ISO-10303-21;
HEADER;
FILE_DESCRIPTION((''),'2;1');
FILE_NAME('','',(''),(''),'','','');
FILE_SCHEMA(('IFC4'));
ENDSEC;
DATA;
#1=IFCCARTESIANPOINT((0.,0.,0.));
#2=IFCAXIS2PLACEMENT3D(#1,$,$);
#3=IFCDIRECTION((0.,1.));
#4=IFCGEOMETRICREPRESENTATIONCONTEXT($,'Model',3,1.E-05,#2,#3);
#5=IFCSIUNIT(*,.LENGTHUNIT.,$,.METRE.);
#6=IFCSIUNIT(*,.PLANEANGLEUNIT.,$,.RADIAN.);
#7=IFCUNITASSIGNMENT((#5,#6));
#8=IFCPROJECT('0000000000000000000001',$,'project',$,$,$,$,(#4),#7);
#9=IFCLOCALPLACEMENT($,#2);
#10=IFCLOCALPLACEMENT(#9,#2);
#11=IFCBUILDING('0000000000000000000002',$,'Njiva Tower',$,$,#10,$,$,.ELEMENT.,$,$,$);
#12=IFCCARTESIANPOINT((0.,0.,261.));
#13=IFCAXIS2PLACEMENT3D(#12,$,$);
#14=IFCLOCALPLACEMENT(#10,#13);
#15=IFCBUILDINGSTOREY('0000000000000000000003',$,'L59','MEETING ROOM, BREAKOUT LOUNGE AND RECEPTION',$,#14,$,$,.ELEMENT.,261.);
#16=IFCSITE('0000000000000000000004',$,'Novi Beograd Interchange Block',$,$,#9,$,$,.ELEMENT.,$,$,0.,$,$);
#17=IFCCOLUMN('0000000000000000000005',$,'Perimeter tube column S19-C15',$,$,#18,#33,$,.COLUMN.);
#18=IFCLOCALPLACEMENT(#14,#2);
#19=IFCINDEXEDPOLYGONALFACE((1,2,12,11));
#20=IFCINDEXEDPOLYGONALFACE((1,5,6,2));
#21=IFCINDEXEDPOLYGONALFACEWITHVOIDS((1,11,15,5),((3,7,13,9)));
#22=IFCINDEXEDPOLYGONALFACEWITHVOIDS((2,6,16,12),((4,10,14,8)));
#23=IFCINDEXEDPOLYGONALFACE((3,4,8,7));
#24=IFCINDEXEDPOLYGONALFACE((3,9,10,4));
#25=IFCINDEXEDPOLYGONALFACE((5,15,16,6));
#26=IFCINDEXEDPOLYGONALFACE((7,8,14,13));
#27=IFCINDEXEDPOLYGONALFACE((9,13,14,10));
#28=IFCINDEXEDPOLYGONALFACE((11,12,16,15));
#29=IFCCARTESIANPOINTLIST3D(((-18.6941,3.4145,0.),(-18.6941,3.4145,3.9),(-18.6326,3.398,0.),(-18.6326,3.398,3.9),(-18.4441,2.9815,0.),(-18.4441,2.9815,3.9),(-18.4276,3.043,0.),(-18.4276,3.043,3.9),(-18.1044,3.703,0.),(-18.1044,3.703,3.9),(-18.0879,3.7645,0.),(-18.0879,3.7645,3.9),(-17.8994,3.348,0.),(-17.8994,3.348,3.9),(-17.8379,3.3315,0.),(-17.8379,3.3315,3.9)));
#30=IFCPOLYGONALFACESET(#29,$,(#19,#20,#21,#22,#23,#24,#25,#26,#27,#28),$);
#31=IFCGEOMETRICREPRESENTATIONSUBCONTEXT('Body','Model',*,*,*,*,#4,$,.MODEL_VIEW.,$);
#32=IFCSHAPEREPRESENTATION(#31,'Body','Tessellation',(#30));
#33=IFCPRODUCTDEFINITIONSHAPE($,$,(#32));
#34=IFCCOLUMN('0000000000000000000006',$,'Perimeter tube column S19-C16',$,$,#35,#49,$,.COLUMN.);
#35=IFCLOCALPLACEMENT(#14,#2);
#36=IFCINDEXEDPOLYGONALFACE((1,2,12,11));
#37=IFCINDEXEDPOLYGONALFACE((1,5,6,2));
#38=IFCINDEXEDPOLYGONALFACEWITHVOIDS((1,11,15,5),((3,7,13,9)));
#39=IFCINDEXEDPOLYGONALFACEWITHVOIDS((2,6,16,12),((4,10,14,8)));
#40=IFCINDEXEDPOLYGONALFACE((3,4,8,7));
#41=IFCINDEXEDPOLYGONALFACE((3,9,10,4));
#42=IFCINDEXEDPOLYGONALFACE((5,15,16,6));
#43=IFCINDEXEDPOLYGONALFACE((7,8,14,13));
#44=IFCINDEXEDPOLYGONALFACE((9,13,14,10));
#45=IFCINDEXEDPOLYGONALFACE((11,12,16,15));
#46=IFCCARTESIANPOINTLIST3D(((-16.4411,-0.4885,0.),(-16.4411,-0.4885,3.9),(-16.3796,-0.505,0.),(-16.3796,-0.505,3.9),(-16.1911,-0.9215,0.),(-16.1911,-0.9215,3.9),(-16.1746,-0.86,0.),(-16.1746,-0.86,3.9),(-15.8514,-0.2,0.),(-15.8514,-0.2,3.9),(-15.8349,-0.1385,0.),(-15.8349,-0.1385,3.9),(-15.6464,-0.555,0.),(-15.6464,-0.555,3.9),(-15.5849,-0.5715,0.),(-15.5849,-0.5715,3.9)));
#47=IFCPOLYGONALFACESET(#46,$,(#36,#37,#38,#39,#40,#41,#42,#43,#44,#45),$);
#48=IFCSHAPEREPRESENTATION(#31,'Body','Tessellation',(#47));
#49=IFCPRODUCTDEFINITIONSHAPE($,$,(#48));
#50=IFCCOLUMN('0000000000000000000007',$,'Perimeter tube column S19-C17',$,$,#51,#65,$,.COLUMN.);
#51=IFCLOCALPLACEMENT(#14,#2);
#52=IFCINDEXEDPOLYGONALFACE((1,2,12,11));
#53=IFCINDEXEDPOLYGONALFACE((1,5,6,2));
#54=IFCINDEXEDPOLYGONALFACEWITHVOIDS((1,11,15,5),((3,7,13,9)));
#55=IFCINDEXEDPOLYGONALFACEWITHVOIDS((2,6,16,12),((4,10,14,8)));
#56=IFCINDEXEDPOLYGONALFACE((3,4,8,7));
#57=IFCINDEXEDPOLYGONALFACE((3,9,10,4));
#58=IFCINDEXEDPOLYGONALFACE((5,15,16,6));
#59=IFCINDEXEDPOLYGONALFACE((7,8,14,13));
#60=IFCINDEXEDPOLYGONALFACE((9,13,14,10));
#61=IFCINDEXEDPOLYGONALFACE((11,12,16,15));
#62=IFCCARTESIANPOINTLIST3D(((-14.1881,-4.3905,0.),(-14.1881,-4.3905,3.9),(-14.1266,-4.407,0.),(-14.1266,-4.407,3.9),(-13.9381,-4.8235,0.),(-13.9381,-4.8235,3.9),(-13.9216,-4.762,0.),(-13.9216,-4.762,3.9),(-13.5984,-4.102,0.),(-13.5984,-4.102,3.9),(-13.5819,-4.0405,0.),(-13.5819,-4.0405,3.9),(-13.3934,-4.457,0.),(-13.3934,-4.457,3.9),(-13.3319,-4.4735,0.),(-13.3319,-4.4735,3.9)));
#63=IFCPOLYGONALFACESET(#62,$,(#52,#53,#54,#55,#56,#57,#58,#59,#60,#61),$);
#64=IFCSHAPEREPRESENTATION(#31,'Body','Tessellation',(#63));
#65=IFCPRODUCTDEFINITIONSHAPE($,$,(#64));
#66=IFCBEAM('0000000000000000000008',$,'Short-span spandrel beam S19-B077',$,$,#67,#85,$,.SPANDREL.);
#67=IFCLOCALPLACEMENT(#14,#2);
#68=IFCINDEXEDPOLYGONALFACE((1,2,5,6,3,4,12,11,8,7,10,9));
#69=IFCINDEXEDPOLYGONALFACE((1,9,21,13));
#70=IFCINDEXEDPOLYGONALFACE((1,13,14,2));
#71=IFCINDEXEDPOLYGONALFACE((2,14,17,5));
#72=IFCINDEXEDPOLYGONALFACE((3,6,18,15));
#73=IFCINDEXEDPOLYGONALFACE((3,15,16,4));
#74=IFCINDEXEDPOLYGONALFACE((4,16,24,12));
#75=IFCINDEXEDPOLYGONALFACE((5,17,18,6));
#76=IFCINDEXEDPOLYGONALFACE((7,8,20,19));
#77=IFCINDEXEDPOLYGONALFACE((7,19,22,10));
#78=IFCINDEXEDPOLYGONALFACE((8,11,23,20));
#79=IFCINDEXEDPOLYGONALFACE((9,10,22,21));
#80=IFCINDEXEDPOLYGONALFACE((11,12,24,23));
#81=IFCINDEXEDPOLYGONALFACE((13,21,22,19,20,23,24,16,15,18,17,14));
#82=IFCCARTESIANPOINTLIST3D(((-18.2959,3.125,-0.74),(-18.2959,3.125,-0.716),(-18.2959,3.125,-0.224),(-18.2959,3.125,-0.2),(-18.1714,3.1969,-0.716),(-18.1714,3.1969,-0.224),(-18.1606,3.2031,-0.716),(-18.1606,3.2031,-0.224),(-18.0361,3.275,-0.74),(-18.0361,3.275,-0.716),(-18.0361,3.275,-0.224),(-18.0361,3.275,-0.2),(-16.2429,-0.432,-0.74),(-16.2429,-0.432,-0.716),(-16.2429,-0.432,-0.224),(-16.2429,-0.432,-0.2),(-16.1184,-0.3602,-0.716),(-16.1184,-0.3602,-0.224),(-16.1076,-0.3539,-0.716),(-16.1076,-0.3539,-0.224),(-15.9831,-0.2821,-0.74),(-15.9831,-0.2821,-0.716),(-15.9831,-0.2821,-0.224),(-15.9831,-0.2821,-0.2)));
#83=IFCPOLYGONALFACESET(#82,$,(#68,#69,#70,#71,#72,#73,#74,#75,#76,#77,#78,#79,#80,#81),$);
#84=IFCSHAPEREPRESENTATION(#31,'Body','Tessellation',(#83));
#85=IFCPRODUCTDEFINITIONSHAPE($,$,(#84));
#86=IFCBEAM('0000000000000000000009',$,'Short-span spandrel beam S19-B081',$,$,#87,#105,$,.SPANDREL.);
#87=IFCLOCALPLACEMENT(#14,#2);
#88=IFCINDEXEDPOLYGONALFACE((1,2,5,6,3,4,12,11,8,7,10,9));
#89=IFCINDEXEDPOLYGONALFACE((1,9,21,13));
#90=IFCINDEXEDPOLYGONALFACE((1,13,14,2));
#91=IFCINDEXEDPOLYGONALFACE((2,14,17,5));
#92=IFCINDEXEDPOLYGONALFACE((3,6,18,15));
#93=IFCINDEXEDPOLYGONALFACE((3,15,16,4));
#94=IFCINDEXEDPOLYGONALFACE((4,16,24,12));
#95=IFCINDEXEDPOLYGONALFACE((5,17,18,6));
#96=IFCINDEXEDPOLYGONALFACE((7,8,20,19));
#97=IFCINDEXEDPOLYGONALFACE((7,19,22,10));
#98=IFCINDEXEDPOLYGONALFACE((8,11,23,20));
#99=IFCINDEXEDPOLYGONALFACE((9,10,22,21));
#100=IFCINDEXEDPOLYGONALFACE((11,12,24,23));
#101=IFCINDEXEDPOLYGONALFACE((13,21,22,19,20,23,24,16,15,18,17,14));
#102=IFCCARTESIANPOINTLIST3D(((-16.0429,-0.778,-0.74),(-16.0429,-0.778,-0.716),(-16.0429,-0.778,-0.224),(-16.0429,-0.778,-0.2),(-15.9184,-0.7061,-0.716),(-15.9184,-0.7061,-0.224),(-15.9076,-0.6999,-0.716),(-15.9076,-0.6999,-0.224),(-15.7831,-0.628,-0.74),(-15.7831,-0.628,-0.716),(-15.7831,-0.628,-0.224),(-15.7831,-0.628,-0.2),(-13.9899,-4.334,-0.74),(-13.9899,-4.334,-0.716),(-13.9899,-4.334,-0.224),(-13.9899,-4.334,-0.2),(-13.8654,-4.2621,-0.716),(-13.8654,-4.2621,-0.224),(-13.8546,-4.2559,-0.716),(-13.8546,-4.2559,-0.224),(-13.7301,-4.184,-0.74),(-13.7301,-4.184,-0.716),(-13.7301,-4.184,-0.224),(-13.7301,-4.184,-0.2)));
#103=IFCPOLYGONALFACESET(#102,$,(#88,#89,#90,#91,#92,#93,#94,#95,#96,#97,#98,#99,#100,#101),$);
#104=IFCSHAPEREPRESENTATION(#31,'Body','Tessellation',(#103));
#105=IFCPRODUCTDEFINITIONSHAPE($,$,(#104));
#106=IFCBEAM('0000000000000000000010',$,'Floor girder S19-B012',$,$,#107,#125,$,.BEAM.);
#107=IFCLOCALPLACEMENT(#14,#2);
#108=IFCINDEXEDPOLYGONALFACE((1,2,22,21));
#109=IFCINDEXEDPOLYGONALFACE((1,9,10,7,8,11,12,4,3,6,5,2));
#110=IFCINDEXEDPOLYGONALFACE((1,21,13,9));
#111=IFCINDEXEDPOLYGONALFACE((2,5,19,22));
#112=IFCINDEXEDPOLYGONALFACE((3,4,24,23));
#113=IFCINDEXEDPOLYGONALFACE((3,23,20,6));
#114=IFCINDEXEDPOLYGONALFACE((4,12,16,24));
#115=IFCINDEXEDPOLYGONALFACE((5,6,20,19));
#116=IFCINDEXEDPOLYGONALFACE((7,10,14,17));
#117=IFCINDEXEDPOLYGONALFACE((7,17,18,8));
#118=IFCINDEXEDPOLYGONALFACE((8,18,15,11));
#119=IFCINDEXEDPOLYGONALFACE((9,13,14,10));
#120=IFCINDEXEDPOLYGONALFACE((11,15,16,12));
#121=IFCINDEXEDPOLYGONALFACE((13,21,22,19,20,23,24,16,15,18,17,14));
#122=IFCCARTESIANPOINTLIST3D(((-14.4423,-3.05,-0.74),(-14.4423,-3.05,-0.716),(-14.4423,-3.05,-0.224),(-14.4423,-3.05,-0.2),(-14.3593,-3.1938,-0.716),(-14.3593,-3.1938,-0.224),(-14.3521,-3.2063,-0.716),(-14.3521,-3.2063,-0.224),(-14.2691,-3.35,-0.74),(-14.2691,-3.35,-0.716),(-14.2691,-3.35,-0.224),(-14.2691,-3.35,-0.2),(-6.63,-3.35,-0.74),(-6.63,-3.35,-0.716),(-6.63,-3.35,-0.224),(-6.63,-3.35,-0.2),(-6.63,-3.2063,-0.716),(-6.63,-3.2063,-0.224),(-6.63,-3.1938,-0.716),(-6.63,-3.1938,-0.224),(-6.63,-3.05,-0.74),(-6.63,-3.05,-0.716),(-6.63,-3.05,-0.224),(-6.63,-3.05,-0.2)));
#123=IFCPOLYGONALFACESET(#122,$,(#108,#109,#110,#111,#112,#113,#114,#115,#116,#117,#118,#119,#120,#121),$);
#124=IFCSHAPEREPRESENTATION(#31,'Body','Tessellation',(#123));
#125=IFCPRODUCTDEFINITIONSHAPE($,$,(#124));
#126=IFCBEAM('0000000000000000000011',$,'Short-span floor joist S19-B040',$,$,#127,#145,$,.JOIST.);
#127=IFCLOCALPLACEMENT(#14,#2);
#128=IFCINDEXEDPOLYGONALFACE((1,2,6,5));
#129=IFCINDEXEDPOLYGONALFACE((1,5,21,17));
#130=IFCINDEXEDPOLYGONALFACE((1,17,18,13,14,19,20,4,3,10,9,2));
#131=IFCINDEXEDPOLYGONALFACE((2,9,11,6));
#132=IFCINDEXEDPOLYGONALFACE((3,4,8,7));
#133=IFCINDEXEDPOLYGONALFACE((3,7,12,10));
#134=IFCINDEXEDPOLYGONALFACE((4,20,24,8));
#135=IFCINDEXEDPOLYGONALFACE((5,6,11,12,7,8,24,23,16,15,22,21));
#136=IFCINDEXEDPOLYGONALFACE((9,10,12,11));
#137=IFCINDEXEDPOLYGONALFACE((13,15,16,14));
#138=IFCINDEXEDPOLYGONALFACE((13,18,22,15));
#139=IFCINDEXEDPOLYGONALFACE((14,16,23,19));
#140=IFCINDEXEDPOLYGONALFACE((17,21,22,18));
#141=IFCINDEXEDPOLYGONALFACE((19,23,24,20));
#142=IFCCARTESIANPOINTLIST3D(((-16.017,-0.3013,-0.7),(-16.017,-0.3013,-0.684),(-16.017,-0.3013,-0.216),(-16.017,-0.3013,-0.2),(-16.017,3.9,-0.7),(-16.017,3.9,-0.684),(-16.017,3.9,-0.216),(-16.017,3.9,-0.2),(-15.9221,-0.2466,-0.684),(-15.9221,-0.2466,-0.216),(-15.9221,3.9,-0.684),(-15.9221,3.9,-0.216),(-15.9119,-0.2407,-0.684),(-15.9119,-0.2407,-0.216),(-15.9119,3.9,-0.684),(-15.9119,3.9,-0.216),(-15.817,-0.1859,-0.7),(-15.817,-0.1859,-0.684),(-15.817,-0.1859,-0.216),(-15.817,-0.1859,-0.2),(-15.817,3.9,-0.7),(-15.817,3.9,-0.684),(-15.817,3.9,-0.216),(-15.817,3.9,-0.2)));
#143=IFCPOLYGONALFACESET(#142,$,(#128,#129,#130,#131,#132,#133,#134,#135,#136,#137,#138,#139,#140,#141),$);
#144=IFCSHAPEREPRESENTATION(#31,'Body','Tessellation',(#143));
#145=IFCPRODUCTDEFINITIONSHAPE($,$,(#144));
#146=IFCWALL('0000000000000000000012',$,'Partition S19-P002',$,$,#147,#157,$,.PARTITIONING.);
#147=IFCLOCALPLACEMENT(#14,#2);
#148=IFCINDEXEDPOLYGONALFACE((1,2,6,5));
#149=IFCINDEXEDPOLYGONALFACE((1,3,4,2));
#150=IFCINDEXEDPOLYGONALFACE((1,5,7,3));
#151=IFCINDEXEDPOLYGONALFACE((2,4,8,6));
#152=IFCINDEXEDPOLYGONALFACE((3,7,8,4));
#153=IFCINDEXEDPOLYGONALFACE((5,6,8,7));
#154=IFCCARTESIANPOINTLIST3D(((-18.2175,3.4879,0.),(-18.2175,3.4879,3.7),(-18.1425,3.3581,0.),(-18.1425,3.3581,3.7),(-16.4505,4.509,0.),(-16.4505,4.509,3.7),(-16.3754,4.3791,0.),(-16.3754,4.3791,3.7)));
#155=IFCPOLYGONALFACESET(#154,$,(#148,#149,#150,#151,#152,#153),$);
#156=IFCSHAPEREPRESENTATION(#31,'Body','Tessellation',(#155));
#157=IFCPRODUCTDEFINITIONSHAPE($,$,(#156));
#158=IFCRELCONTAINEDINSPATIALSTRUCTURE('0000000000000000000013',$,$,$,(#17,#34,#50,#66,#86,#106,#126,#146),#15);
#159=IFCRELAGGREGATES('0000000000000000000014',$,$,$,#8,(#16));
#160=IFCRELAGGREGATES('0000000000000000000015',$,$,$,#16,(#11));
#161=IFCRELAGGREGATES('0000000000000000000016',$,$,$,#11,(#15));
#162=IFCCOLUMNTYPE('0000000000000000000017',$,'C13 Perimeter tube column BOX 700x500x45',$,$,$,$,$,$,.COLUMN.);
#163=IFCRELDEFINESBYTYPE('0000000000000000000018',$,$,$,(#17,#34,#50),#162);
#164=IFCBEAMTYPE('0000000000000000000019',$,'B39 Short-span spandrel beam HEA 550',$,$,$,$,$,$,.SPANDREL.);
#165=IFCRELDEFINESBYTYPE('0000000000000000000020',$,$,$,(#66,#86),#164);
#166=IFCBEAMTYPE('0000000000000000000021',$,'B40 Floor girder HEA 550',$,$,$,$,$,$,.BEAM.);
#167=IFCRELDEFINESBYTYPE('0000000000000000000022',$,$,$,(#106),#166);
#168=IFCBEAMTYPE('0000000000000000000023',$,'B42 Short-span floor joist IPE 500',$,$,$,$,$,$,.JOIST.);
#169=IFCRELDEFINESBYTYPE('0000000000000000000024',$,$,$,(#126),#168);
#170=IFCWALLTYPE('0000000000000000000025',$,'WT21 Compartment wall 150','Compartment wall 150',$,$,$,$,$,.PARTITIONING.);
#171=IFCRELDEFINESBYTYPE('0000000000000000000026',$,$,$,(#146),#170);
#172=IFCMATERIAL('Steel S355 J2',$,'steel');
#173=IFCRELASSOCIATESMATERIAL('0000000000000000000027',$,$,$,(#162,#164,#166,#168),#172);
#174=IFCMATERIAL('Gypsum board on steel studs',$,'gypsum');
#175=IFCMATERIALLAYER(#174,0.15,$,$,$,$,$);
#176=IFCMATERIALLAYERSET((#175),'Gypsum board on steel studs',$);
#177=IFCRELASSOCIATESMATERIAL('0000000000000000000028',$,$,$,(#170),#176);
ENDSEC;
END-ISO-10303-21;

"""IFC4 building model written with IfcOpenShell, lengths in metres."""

from ifc_helpers import new_model, si_unit, direction, frame, frame_2d, origin, origin_2d, place, context, subcontext, project, spatial, rectangle, hollow_rectangle, i_section, extrude, clip, halfspace, material, layer, layer_set, material_profile, profile_set, type_object, element, save


model = new_model("IFC4")

# Units and contexts
model_context = context("Model", 3, precision=1e-05, world=origin(), true_north=direction((0.0, 1.0)))
body_context = subcontext(model_context, "Body", "Model", "MODEL_VIEW")
ifc_project = project(units=[si_unit("LENGTHUNIT", "METRE"), si_unit("PLANEANGLEUNIT", "RADIAN")], contexts=[model_context])

# Site, building, storey
site_placement = place(None, origin())
site = spatial("IfcSite", under=ifc_project, at=site_placement, Name="Novi Beograd Interchange Block", CompositionType="ELEMENT", RefElevation=0.0)
building_placement = place(site_placement, origin())
building = spatial("IfcBuilding", under=site, at=building_placement, Name="Njiva Tower", CompositionType="ELEMENT")
storey_placement = place(building_placement, frame((0.0, 0.0, 261.0)))
storey = spatial("IfcBuildingStorey", under=building, at=storey_placement, Name="L59", Description="MEETING ROOM, BREAKOUT LOUNGE AND RECEPTION", CompositionType="ELEMENT", Elevation=261.0)

# Columns
ifc_material_1 = material(Name="Steel S355 J2", Category="steel")
ifc_material_profile_1 = material_profile(ifc_material_1, hollow_rectangle(XDim=0.5, YDim=0.7, WallThickness=0.045, at=origin_2d()), Name="BOX 700x500x45")
ifc_profile_set_1 = profile_set([ifc_material_profile_1], Name="Steel S355 J2")
column_type = type_object("IfcColumnType", Name="C13 Perimeter tube column BOX 700x500x45", PredefinedType="COLUMN", material=ifc_profile_set_1)
for number, where, z_axis, x_axis, name in (
    (1, (-18.266, 3.373, 0.0), (0.0, 0.0, 1.0), (0.5, -0.866025, 0.0), "Perimeter tube column S19-C15"),
    (2, (-16.013, -0.53, 0.0), (0.0, 0.0, 1.0), (0.5, -0.866025, 0.0), "Perimeter tube column S19-C16"),
    (3, (-13.76, -4.432, 0.0), (0.0, 0.0, 1.0), (0.5, -0.866025, 0.0), "Perimeter tube column S19-C17"),
):
    element("IfcColumn", number, at=place(storey_placement, frame(where, z_axis=z_axis, x_axis=x_axis)), inside=storey, type_object=column_type, Name=name, PredefinedType="COLUMN", context=body_context, shape_type="SweptSolid", body=[
        extrude(hollow_rectangle(XDim=0.5, YDim=0.7, WallThickness=0.045, at=origin_2d()), origin(), (0.0, 0.0, 1.0), 3.9),
    ])

# Beams
ifc_material_profile_2 = material_profile(ifc_material_1, i_section(OverallWidth=0.3, OverallDepth=0.54, WebThickness=0.0125, FlangeThickness=0.024, at=origin_2d()), Name="HEA 550")
ifc_profile_set_2 = profile_set([ifc_material_profile_2], Name="Steel S355 J2")
beam_type_1 = type_object("IfcBeamType", Name="B39 Short-span spandrel beam HEA 550", PredefinedType="SPANDREL", material=ifc_profile_set_2)
beam_1_placement = place(storey_placement, frame((-18.166, 3.2, -0.47), z_axis=(0.499884, -0.866092, 0.0), x_axis=(0.866092, 0.499884, 0.0)))
element("IfcBeam", 4, at=beam_1_placement, inside=storey, type_object=beam_type_1, Name="Short-span spandrel beam S19-B077", PredefinedType="SPANDREL", context=body_context, shape_type="SweptSolid", body=[
    extrude(i_section(OverallWidth=0.3, OverallDepth=0.54, WebThickness=0.0125, FlangeThickness=0.024, at=origin_2d()), origin(), (0.0, 0.0, 1.0), 4.107),
])
beam_2_placement = place(storey_placement, frame((-15.913, -0.703, -0.47), z_axis=(0.499989, -0.866031, 0.0), x_axis=(0.866031, 0.499989, 0.0)))
element("IfcBeam", 5, at=beam_2_placement, inside=storey, type_object=beam_type_1, Name="Short-span spandrel beam S19-B081", PredefinedType="SPANDREL", context=body_context, shape_type="SweptSolid", body=[
    extrude(i_section(OverallWidth=0.3, OverallDepth=0.54, WebThickness=0.0125, FlangeThickness=0.024, at=origin_2d()), origin(), (0.0, 0.0, 1.0), 4.1061),
])
ifc_material_profile_3 = material_profile(ifc_material_1, i_section(OverallWidth=0.3, OverallDepth=0.54, WebThickness=0.0125, FlangeThickness=0.024, at=origin_2d()), Name="HEA 550")
ifc_profile_set_3 = profile_set([ifc_material_profile_3], Name="Steel S355 J2")
beam_type_2 = type_object("IfcBeamType", Name="B40 Floor girder HEA 550", PredefinedType="BEAM", material=ifc_profile_set_3)
beam_3_placement = place(storey_placement, frame((-14.463, -3.2, -0.47), z_axis=(1.0, 0.0, 0.0), x_axis=(0.0, 1.0, 0.0)))
element("IfcBeam", 6, at=beam_3_placement, inside=storey, type_object=beam_type_2, Name="Floor girder S19-B012", PredefinedType="BEAM", context=body_context, shape_type="Clipping", body=[
    clip(extrude(i_section(OverallWidth=0.3, OverallDepth=0.54, WebThickness=0.0125, FlangeThickness=0.024, at=origin_2d()), origin(), (0.0, 0.0, 1.0), 7.833), halfspace(frame((-0.025, 0.0, 0.1217), z_axis=(-0.499998, 0.0, -0.866027), x_axis=(0.0, -1.0, 0.0)), False)),
])
ifc_material_profile_4 = material_profile(ifc_material_1, i_section(OverallWidth=0.2, OverallDepth=0.5, WebThickness=0.0102, FlangeThickness=0.016, at=origin_2d()), Name="IPE 500")
ifc_profile_set_4 = profile_set([ifc_material_profile_4], Name="Steel S355 J2")
beam_type_3 = type_object("IfcBeamType", Name="B42 Short-span floor joist IPE 500", PredefinedType="JOIST", material=ifc_profile_set_4)
beam_4_placement = place(storey_placement, frame((-15.917, 3.9, -0.45), z_axis=(0.0, -1.0, 0.0), x_axis=(1.0, 0.0, 0.0)))
element("IfcBeam", 7, at=beam_4_placement, inside=storey, type_object=beam_type_3, Name="Short-span floor joist S19-B040", PredefinedType="JOIST", context=body_context, shape_type="Clipping", body=[
    clip(extrude(i_section(OverallWidth=0.2, OverallDepth=0.5, WebThickness=0.0102, FlangeThickness=0.016, at=origin_2d()), origin(), (0.0, 0.0, 1.0), 4.221), halfspace(frame((0.0253, 0.0, 4.129), z_axis=(0.499998, 0.0, 0.866027), x_axis=(0.0, 1.0, 0.0)), False)),
])

# Wall
ifc_material_2 = material(Name="Gypsum board on steel studs", Category="gypsum")
ifc_layer = layer(ifc_material_2, 0.15)
ifc_layer_set = layer_set([ifc_layer], Name="Gypsum board on steel studs")
wall_type = type_object("IfcWallType", Name="WT21 Compartment wall 150", Description="Compartment wall 150", PredefinedType="PARTITIONING", material=ifc_layer_set)
wall_1_placement = place(storey_placement, frame((-18.18, 3.423, 0.0), z_axis=(0.0, 0.0, 1.0), x_axis=(0.865851, 0.500302, 0.0)))
element("IfcWall", 8, at=wall_1_placement, inside=storey, type_object=wall_type, Name="Partition S19-P002", PredefinedType="PARTITIONING", context=body_context, shape_type="SweptSolid", body=[
    extrude(rectangle(XDim=2.0408, YDim=0.15, at=frame_2d((1.0204, 0.0))), origin(), (0.0, 0.0, 1.0), 3.7),
])

save(model, "model.ifc")
